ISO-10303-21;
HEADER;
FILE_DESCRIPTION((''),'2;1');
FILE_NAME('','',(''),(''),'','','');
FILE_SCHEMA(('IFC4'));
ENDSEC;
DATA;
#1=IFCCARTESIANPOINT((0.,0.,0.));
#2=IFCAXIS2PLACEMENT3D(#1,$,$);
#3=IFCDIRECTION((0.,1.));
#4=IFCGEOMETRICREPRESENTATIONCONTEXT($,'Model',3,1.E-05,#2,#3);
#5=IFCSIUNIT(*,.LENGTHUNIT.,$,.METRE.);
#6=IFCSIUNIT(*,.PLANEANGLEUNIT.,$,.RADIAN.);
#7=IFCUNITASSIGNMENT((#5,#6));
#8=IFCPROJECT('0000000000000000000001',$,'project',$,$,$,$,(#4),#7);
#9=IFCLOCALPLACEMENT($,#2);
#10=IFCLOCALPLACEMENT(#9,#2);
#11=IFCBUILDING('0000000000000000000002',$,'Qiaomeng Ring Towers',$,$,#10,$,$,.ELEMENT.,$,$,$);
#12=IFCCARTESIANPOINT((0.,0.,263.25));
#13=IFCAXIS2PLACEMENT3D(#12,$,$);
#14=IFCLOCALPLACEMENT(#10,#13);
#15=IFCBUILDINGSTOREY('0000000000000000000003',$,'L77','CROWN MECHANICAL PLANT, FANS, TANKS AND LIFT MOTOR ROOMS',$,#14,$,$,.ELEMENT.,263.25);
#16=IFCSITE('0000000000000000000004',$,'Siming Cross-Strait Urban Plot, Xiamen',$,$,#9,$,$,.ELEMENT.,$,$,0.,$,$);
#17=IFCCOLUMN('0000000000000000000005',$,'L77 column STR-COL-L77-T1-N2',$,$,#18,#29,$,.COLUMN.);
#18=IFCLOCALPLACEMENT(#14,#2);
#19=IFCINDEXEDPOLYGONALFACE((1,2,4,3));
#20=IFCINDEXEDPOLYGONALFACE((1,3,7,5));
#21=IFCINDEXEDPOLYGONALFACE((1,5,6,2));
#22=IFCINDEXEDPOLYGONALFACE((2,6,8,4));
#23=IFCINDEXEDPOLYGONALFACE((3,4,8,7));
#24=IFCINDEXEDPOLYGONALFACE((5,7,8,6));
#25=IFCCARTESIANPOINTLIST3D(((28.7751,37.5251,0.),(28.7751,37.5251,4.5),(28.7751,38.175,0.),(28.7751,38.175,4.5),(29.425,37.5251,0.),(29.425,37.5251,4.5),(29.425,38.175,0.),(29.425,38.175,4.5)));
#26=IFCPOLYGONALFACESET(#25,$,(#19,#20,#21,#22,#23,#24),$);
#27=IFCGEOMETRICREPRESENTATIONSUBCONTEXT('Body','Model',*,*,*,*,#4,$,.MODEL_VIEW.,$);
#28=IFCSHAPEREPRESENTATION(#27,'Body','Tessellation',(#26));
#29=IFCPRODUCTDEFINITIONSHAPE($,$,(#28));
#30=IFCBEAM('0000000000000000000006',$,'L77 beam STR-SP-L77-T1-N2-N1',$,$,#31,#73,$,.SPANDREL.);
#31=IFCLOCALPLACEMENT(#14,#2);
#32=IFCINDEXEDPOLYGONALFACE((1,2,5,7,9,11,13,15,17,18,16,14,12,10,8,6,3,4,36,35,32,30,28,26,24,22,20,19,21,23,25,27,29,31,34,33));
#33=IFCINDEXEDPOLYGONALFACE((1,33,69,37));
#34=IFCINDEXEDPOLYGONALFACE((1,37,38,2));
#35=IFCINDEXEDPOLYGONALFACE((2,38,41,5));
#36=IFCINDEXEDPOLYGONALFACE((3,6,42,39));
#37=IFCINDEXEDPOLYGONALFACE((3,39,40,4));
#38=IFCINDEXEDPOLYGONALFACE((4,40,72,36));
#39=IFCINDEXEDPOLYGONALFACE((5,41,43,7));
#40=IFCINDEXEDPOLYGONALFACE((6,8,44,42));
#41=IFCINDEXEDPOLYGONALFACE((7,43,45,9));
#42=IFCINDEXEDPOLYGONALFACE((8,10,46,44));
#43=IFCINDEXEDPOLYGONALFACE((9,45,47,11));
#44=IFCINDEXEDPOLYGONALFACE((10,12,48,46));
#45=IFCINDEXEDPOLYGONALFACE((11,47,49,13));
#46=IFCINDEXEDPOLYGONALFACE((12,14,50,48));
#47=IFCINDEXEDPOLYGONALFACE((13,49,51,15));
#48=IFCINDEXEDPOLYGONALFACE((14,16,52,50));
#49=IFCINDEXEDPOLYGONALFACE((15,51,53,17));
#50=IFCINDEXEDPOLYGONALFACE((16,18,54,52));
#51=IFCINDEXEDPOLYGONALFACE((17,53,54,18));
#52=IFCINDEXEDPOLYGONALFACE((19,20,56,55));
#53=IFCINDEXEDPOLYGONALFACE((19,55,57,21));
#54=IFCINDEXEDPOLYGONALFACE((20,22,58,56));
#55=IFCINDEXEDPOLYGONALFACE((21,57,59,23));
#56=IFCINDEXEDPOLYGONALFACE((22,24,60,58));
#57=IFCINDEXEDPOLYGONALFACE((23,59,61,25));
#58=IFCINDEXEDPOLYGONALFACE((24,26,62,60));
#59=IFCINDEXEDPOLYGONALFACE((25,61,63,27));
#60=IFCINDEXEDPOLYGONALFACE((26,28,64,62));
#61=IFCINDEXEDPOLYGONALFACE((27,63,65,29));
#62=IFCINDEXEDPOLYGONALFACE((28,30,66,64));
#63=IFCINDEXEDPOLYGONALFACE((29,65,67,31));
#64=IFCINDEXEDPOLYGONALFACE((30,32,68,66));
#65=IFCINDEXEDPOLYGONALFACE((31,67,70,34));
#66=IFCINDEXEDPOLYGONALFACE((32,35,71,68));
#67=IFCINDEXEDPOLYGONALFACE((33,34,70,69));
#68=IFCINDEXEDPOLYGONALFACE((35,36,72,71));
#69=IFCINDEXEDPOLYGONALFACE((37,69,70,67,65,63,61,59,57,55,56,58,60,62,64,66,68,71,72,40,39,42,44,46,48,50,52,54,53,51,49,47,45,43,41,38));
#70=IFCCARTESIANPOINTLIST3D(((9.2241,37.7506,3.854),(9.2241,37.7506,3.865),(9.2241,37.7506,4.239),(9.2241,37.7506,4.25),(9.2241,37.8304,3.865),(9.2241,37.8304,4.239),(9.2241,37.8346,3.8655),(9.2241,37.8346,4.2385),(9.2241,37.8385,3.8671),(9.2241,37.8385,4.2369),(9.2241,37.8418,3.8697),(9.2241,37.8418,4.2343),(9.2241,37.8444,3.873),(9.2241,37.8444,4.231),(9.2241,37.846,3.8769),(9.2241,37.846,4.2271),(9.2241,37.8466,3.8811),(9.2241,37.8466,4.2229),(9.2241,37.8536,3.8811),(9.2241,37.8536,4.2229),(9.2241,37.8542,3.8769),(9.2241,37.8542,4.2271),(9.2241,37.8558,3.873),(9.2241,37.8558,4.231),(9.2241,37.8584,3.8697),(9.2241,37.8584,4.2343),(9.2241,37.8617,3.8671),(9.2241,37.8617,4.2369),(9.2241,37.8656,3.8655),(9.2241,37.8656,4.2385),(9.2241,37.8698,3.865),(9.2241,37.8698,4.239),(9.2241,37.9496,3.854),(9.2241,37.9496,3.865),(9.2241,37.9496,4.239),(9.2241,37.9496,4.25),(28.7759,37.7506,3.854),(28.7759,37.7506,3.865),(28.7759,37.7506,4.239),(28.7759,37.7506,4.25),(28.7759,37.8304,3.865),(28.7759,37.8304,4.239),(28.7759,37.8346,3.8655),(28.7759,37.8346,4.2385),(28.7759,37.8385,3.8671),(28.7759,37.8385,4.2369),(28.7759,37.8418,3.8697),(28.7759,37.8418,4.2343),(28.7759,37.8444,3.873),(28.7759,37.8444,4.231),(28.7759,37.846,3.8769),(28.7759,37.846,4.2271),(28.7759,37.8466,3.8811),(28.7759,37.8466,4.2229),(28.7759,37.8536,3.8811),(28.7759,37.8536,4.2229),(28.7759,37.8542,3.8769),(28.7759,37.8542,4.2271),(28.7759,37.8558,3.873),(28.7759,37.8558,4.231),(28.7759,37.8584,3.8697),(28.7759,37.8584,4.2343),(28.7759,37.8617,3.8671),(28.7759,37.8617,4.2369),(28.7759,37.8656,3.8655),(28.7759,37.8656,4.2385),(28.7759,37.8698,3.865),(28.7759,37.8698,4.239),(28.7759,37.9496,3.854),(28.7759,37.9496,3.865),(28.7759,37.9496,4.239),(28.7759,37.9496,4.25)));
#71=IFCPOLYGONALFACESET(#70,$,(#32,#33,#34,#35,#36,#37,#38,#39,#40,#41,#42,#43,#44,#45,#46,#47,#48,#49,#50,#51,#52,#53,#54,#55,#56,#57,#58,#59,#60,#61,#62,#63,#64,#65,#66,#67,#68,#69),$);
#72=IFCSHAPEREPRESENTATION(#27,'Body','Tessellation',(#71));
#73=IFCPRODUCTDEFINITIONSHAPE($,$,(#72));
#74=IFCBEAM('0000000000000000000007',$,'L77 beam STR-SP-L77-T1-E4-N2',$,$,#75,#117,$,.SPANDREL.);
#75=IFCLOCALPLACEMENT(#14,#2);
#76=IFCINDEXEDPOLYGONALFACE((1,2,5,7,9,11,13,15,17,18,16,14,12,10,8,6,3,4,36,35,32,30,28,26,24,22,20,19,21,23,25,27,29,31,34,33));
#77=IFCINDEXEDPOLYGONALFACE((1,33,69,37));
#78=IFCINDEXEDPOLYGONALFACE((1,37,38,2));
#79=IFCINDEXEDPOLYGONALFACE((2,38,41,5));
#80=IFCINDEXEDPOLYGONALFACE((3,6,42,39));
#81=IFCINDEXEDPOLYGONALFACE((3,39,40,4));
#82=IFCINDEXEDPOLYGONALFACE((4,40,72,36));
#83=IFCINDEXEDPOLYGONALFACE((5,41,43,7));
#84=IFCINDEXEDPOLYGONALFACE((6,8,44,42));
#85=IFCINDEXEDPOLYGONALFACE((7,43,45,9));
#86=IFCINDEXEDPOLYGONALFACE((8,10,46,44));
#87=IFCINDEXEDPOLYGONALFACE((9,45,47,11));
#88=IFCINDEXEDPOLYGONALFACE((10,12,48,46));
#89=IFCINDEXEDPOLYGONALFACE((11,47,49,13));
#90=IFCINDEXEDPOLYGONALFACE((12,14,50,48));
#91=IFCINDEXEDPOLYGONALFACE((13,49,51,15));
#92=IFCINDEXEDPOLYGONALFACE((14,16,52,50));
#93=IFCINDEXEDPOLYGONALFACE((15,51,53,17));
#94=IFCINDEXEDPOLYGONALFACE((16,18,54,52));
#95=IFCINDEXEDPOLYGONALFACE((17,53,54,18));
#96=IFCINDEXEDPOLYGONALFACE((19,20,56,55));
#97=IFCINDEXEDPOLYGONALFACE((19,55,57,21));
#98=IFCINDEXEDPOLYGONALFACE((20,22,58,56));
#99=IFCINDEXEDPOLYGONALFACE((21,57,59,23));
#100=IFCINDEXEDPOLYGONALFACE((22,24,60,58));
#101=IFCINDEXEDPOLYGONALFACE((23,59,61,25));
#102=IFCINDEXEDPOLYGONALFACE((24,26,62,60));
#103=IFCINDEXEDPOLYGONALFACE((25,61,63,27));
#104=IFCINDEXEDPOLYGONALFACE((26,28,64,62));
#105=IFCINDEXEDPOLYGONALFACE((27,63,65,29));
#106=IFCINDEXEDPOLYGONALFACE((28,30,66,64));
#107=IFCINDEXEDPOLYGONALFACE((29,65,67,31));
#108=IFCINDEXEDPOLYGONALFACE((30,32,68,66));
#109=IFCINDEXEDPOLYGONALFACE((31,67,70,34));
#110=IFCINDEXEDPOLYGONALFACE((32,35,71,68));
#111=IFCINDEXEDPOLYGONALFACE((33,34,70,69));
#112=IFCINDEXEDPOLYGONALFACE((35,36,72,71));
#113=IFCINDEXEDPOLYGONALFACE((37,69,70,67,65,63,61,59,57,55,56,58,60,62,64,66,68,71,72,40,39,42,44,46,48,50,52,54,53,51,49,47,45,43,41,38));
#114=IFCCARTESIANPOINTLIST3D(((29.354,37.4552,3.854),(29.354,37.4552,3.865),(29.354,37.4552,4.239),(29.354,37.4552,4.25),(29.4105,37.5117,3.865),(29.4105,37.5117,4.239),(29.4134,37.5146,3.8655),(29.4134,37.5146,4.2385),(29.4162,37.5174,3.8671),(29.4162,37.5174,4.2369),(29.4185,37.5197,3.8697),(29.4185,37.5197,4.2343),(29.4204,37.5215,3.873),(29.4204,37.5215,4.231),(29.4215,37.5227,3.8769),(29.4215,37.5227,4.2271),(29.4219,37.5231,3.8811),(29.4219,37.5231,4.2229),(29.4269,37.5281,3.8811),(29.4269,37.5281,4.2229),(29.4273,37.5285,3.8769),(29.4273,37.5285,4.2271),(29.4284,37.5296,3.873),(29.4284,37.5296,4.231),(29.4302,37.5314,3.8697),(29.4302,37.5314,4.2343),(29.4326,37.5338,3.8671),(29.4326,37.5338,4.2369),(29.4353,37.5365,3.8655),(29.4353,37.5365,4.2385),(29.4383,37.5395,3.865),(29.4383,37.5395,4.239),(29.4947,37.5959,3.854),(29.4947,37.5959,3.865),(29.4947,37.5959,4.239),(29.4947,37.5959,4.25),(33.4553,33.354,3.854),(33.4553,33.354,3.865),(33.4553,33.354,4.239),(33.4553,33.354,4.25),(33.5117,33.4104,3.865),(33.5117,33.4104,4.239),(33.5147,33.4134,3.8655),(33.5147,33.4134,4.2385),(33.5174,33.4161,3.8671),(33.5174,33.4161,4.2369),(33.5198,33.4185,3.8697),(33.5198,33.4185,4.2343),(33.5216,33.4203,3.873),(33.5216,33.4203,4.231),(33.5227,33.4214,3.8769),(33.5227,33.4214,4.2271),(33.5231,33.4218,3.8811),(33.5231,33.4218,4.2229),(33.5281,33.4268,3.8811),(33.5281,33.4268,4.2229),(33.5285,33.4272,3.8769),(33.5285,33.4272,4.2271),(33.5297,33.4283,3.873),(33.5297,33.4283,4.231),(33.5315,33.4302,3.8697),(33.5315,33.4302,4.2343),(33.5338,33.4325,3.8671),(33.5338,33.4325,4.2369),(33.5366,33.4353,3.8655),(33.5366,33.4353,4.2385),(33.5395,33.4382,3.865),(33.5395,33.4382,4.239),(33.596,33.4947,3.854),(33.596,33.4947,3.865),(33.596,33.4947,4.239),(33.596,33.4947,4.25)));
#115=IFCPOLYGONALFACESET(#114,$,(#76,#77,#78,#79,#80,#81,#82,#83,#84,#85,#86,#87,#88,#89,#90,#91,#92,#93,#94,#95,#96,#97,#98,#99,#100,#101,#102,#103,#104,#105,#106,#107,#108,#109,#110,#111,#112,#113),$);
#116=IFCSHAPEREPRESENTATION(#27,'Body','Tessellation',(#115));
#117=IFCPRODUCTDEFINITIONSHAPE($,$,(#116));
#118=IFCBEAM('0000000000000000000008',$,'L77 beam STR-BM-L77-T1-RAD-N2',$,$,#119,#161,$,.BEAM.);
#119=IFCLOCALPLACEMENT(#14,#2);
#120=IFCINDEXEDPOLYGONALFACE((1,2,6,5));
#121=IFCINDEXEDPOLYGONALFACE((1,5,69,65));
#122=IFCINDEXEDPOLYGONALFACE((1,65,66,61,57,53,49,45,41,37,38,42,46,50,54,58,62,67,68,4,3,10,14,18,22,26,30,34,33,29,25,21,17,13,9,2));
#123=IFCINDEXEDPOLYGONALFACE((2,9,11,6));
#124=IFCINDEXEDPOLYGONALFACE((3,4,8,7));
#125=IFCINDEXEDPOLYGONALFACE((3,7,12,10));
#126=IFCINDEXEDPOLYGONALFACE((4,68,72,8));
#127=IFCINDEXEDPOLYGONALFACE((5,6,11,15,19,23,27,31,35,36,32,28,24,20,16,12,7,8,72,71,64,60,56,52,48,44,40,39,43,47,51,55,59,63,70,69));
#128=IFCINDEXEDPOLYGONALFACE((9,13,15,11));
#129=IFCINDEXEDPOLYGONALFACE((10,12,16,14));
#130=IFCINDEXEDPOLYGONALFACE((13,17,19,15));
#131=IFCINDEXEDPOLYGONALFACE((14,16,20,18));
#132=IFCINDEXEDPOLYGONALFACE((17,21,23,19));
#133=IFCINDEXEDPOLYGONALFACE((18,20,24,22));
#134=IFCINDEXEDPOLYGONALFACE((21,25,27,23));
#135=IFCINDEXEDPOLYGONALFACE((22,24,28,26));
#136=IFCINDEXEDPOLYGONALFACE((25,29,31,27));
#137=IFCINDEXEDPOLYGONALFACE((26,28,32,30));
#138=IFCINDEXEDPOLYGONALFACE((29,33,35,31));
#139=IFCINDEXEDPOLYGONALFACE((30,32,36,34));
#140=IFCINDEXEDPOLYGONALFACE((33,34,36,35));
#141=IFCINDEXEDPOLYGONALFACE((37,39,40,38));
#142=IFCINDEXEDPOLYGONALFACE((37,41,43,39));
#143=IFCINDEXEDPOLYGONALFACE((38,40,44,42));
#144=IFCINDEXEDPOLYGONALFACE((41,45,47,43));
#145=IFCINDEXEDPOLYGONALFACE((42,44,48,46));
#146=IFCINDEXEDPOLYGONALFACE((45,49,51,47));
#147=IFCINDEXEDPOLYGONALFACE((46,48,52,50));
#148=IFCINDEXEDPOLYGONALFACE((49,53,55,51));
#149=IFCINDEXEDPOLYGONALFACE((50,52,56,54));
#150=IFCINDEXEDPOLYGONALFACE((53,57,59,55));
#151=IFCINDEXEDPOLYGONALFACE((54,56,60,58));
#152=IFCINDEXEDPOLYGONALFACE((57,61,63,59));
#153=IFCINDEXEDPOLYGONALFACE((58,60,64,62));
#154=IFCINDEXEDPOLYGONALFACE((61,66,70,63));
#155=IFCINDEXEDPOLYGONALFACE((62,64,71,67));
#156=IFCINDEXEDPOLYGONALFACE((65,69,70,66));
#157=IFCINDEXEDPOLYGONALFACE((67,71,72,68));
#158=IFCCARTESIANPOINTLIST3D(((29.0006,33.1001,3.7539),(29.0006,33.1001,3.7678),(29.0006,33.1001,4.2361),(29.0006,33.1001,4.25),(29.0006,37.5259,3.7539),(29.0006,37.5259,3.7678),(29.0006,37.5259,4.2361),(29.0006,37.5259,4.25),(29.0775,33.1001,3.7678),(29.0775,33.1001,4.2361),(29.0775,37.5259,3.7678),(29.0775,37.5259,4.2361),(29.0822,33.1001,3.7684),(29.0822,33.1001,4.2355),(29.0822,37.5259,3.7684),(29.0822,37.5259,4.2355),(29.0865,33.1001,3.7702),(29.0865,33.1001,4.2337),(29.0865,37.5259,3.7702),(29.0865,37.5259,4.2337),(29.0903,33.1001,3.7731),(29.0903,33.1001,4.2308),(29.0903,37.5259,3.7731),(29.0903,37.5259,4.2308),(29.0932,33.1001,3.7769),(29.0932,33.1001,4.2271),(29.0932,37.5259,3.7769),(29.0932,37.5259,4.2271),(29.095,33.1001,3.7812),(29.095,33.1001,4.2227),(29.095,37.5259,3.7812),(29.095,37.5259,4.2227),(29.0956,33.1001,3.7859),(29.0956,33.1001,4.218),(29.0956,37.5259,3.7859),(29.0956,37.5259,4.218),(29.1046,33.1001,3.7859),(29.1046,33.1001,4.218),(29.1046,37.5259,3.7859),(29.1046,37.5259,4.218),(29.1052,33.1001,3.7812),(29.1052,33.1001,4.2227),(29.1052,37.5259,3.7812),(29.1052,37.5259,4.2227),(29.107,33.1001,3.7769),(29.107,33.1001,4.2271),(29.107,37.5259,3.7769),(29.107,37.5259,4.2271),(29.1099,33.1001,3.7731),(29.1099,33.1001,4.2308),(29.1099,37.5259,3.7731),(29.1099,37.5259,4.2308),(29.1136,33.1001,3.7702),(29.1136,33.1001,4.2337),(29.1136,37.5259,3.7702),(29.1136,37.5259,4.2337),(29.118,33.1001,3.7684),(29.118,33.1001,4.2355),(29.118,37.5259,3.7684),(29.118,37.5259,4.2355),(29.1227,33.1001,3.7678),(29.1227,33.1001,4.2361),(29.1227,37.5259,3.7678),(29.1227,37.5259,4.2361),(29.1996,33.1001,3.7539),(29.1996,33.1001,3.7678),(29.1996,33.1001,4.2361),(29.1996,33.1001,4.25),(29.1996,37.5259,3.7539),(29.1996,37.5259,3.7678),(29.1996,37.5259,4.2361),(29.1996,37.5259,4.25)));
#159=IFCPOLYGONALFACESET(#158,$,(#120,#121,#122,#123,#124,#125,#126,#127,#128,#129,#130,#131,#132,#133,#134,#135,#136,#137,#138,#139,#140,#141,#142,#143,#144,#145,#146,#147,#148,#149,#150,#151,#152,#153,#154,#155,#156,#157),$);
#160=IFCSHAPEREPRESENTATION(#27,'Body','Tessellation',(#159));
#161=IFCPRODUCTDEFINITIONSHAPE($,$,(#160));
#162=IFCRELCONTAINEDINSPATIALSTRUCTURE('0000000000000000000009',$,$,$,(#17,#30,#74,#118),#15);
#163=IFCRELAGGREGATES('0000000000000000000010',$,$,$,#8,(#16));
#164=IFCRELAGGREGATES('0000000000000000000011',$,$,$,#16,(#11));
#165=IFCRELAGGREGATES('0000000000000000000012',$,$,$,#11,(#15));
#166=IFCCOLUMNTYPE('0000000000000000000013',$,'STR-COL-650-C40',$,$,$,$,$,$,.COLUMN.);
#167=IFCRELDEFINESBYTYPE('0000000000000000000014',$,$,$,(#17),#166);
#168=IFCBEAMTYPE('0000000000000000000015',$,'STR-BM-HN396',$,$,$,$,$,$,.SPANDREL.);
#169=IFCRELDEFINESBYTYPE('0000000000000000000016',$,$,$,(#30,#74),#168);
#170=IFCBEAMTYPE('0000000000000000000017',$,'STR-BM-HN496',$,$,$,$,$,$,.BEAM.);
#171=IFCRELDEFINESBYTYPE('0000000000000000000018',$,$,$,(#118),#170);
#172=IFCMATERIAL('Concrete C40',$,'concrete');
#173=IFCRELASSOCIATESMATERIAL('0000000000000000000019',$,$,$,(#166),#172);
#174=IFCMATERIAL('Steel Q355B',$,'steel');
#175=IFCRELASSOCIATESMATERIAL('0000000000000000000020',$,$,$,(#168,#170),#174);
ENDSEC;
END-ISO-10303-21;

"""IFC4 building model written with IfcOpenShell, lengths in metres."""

from ifc_helpers import new_model, si_unit, direction, frame, origin, origin_2d, place, context, subcontext, project, spatial, rectangle, i_section, extrude, source, transform, mapped, material, material_profile, profile_set, type_object, element, save


model = new_model("IFC4")

# Units and contexts
model_context = context("Model", 3, precision=1e-05, world=origin(), true_north=direction((0.0, 1.0)))
body_context = subcontext(model_context, "Body", "Model", "MODEL_VIEW")
ifc_project = project(units=[si_unit("LENGTHUNIT", "METRE"), si_unit("PLANEANGLEUNIT", "RADIAN")], contexts=[model_context])

# Site, building, storey
site_placement = place(None, origin())
site = spatial("IfcSite", under=ifc_project, at=site_placement, Name="Siming Cross-Strait Urban Plot, Xiamen", CompositionType="ELEMENT", RefElevation=0.0)
building_placement = place(site_placement, origin())
building = spatial("IfcBuilding", under=site, at=building_placement, Name="Qiaomeng Ring Towers", CompositionType="ELEMENT")
storey_placement = place(building_placement, frame((0.0, 0.0, 263.25)))
storey = spatial("IfcBuildingStorey", under=building, at=storey_placement, Name="L77", Description="CROWN MECHANICAL PLANT, FANS, TANKS AND LIFT MOTOR ROOMS", CompositionType="ELEMENT", Elevation=263.25)

# Column
ifc_material_1 = material(Name="Concrete C40", Category="concrete")
ifc_material_profile_1 = material_profile(ifc_material_1, rectangle(XDim=0.6499, YDim=0.6499, at=origin_2d()), Name="RC COL 650x650")
ifc_profile_set_1 = profile_set([ifc_material_profile_1], Name="Concrete C40")
column_type = type_object("IfcColumnType", Name="STR-COL-650-C40", PredefinedType="COLUMN", material=ifc_profile_set_1)
shared_shape_1 = source(origin(), body_context, "Body", "SweptSolid", [
    extrude(rectangle(XDim=0.6499, YDim=0.6499, at=origin_2d()), origin(), (0.0, 0.0, 1.0), 4.5),
])
column_placement = place(storey_placement, frame((29.1001, 37.8501, 0.0), z_axis=(0.0, 0.0, 1.0), x_axis=(1.0, 0.0, 0.0)))
element("IfcColumn", 1, at=column_placement, inside=storey, type_object=column_type, Name="L77 column STR-COL-L77-T1-N2", PredefinedType="COLUMN", context=body_context, shape_type="MappedRepresentation", body=[
    mapped(shared_shape_1, transform((0.0, 0.0, 0.0), x_axis=(1.0, 0.0, 0.0), y_axis=(0.0, 1.0, 0.0), z_axis=(0.0, 0.0, 1.0), scale=1.0)),
])

# Beams
ifc_material_2 = material(Name="Steel Q355B", Category="steel")
ifc_material_profile_2 = material_profile(ifc_material_2, i_section(OverallWidth=0.199, OverallDepth=0.396, WebThickness=0.0071, FlangeThickness=0.011, FilletRadius=0.0161, at=origin_2d()), Name="HN 396x199x7x11")
ifc_profile_set_2 = profile_set([ifc_material_profile_2], Name="Steel Q355B")
beam_type_1 = type_object("IfcBeamType", Name="STR-BM-HN396", PredefinedType="SPANDREL", material=ifc_profile_set_2)
shared_shape_2 = source(origin(), body_context, "Body", "SweptSolid", [
    extrude(i_section(OverallWidth=0.199, OverallDepth=0.396, WebThickness=0.0071, FlangeThickness=0.011, FilletRadius=0.0161, at=origin_2d()), origin(), (0.0, 0.0, 1.0), 19.5518),
])
beam_1_placement = place(storey_placement, frame((28.7759, 37.8501, 4.052), z_axis=(-1.0, 0.0, 0.0), x_axis=(0.0, -1.0, 0.0)))
element("IfcBeam", 2, at=beam_1_placement, inside=storey, type_object=beam_type_1, Name="L77 beam STR-SP-L77-T1-N2-N1", PredefinedType="SPANDREL", context=body_context, shape_type="MappedRepresentation", body=[
    mapped(shared_shape_2, transform((0.0, 0.0, 0.0), x_axis=(1.0, 0.0, 0.0), y_axis=(0.0, 1.0, 0.0), z_axis=(0.0, 0.0, 1.0), scale=1.0)),
])
shared_shape_3 = source(origin(), body_context, "Body", "SweptSolid", [
    extrude(i_section(OverallWidth=0.199, OverallDepth=0.396, WebThickness=0.0071, FlangeThickness=0.011, FilletRadius=0.0161, at=origin_2d()), origin(), (0.0, 0.0, 1.0), 5.8),
])
beam_2_placement = place(storey_placement, frame((33.5256, 33.4243, 4.052), z_axis=(-0.707107, 0.707107, 0.0), x_axis=(-0.707107, -0.707107, 0.0)))
element("IfcBeam", 3, at=beam_2_placement, inside=storey, type_object=beam_type_1, Name="L77 beam STR-SP-L77-T1-E4-N2", PredefinedType="SPANDREL", context=body_context, shape_type="MappedRepresentation", body=[
    mapped(shared_shape_3, transform((0.0, 0.0, 0.0), x_axis=(1.0, 0.0, 0.0), y_axis=(0.0, 1.0, 0.0), z_axis=(0.0, 0.0, 1.0), scale=1.0)),
])
ifc_material_profile_3 = material_profile(ifc_material_2, i_section(OverallWidth=0.199, OverallDepth=0.4961, WebThickness=0.009, FlangeThickness=0.0139, FilletRadius=0.0181, at=origin_2d()), Name="HN 496x199x9x14")
ifc_profile_set_3 = profile_set([ifc_material_profile_3], Name="Steel Q355B")
beam_type_2 = type_object("IfcBeamType", Name="STR-BM-HN496", PredefinedType="BEAM", material=ifc_profile_set_3)
shared_shape_4 = source(origin(), body_context, "Body", "SweptSolid", [
    extrude(i_section(OverallWidth=0.199, OverallDepth=0.4961, WebThickness=0.009, FlangeThickness=0.0139, FilletRadius=0.0181, at=origin_2d()), origin(), (0.0, 0.0, 1.0), 4.4258),
])
beam_3_placement = place(storey_placement, frame((29.1001, 37.5259, 4.002), z_axis=(0.0, -1.0, 0.0), x_axis=(1.0, 0.0, 0.0)))
element("IfcBeam", 4, at=beam_3_placement, inside=storey, type_object=beam_type_2, Name="L77 beam STR-BM-L77-T1-RAD-N2", PredefinedType="BEAM", context=body_context, shape_type="MappedRepresentation", body=[
    mapped(shared_shape_4, transform((0.0, 0.0, 0.0), x_axis=(1.0, 0.0, 0.0), y_axis=(0.0, 1.0, 0.0), z_axis=(0.0, 0.0, 1.0), scale=1.0)),
])

save(model, "model.ifc")
